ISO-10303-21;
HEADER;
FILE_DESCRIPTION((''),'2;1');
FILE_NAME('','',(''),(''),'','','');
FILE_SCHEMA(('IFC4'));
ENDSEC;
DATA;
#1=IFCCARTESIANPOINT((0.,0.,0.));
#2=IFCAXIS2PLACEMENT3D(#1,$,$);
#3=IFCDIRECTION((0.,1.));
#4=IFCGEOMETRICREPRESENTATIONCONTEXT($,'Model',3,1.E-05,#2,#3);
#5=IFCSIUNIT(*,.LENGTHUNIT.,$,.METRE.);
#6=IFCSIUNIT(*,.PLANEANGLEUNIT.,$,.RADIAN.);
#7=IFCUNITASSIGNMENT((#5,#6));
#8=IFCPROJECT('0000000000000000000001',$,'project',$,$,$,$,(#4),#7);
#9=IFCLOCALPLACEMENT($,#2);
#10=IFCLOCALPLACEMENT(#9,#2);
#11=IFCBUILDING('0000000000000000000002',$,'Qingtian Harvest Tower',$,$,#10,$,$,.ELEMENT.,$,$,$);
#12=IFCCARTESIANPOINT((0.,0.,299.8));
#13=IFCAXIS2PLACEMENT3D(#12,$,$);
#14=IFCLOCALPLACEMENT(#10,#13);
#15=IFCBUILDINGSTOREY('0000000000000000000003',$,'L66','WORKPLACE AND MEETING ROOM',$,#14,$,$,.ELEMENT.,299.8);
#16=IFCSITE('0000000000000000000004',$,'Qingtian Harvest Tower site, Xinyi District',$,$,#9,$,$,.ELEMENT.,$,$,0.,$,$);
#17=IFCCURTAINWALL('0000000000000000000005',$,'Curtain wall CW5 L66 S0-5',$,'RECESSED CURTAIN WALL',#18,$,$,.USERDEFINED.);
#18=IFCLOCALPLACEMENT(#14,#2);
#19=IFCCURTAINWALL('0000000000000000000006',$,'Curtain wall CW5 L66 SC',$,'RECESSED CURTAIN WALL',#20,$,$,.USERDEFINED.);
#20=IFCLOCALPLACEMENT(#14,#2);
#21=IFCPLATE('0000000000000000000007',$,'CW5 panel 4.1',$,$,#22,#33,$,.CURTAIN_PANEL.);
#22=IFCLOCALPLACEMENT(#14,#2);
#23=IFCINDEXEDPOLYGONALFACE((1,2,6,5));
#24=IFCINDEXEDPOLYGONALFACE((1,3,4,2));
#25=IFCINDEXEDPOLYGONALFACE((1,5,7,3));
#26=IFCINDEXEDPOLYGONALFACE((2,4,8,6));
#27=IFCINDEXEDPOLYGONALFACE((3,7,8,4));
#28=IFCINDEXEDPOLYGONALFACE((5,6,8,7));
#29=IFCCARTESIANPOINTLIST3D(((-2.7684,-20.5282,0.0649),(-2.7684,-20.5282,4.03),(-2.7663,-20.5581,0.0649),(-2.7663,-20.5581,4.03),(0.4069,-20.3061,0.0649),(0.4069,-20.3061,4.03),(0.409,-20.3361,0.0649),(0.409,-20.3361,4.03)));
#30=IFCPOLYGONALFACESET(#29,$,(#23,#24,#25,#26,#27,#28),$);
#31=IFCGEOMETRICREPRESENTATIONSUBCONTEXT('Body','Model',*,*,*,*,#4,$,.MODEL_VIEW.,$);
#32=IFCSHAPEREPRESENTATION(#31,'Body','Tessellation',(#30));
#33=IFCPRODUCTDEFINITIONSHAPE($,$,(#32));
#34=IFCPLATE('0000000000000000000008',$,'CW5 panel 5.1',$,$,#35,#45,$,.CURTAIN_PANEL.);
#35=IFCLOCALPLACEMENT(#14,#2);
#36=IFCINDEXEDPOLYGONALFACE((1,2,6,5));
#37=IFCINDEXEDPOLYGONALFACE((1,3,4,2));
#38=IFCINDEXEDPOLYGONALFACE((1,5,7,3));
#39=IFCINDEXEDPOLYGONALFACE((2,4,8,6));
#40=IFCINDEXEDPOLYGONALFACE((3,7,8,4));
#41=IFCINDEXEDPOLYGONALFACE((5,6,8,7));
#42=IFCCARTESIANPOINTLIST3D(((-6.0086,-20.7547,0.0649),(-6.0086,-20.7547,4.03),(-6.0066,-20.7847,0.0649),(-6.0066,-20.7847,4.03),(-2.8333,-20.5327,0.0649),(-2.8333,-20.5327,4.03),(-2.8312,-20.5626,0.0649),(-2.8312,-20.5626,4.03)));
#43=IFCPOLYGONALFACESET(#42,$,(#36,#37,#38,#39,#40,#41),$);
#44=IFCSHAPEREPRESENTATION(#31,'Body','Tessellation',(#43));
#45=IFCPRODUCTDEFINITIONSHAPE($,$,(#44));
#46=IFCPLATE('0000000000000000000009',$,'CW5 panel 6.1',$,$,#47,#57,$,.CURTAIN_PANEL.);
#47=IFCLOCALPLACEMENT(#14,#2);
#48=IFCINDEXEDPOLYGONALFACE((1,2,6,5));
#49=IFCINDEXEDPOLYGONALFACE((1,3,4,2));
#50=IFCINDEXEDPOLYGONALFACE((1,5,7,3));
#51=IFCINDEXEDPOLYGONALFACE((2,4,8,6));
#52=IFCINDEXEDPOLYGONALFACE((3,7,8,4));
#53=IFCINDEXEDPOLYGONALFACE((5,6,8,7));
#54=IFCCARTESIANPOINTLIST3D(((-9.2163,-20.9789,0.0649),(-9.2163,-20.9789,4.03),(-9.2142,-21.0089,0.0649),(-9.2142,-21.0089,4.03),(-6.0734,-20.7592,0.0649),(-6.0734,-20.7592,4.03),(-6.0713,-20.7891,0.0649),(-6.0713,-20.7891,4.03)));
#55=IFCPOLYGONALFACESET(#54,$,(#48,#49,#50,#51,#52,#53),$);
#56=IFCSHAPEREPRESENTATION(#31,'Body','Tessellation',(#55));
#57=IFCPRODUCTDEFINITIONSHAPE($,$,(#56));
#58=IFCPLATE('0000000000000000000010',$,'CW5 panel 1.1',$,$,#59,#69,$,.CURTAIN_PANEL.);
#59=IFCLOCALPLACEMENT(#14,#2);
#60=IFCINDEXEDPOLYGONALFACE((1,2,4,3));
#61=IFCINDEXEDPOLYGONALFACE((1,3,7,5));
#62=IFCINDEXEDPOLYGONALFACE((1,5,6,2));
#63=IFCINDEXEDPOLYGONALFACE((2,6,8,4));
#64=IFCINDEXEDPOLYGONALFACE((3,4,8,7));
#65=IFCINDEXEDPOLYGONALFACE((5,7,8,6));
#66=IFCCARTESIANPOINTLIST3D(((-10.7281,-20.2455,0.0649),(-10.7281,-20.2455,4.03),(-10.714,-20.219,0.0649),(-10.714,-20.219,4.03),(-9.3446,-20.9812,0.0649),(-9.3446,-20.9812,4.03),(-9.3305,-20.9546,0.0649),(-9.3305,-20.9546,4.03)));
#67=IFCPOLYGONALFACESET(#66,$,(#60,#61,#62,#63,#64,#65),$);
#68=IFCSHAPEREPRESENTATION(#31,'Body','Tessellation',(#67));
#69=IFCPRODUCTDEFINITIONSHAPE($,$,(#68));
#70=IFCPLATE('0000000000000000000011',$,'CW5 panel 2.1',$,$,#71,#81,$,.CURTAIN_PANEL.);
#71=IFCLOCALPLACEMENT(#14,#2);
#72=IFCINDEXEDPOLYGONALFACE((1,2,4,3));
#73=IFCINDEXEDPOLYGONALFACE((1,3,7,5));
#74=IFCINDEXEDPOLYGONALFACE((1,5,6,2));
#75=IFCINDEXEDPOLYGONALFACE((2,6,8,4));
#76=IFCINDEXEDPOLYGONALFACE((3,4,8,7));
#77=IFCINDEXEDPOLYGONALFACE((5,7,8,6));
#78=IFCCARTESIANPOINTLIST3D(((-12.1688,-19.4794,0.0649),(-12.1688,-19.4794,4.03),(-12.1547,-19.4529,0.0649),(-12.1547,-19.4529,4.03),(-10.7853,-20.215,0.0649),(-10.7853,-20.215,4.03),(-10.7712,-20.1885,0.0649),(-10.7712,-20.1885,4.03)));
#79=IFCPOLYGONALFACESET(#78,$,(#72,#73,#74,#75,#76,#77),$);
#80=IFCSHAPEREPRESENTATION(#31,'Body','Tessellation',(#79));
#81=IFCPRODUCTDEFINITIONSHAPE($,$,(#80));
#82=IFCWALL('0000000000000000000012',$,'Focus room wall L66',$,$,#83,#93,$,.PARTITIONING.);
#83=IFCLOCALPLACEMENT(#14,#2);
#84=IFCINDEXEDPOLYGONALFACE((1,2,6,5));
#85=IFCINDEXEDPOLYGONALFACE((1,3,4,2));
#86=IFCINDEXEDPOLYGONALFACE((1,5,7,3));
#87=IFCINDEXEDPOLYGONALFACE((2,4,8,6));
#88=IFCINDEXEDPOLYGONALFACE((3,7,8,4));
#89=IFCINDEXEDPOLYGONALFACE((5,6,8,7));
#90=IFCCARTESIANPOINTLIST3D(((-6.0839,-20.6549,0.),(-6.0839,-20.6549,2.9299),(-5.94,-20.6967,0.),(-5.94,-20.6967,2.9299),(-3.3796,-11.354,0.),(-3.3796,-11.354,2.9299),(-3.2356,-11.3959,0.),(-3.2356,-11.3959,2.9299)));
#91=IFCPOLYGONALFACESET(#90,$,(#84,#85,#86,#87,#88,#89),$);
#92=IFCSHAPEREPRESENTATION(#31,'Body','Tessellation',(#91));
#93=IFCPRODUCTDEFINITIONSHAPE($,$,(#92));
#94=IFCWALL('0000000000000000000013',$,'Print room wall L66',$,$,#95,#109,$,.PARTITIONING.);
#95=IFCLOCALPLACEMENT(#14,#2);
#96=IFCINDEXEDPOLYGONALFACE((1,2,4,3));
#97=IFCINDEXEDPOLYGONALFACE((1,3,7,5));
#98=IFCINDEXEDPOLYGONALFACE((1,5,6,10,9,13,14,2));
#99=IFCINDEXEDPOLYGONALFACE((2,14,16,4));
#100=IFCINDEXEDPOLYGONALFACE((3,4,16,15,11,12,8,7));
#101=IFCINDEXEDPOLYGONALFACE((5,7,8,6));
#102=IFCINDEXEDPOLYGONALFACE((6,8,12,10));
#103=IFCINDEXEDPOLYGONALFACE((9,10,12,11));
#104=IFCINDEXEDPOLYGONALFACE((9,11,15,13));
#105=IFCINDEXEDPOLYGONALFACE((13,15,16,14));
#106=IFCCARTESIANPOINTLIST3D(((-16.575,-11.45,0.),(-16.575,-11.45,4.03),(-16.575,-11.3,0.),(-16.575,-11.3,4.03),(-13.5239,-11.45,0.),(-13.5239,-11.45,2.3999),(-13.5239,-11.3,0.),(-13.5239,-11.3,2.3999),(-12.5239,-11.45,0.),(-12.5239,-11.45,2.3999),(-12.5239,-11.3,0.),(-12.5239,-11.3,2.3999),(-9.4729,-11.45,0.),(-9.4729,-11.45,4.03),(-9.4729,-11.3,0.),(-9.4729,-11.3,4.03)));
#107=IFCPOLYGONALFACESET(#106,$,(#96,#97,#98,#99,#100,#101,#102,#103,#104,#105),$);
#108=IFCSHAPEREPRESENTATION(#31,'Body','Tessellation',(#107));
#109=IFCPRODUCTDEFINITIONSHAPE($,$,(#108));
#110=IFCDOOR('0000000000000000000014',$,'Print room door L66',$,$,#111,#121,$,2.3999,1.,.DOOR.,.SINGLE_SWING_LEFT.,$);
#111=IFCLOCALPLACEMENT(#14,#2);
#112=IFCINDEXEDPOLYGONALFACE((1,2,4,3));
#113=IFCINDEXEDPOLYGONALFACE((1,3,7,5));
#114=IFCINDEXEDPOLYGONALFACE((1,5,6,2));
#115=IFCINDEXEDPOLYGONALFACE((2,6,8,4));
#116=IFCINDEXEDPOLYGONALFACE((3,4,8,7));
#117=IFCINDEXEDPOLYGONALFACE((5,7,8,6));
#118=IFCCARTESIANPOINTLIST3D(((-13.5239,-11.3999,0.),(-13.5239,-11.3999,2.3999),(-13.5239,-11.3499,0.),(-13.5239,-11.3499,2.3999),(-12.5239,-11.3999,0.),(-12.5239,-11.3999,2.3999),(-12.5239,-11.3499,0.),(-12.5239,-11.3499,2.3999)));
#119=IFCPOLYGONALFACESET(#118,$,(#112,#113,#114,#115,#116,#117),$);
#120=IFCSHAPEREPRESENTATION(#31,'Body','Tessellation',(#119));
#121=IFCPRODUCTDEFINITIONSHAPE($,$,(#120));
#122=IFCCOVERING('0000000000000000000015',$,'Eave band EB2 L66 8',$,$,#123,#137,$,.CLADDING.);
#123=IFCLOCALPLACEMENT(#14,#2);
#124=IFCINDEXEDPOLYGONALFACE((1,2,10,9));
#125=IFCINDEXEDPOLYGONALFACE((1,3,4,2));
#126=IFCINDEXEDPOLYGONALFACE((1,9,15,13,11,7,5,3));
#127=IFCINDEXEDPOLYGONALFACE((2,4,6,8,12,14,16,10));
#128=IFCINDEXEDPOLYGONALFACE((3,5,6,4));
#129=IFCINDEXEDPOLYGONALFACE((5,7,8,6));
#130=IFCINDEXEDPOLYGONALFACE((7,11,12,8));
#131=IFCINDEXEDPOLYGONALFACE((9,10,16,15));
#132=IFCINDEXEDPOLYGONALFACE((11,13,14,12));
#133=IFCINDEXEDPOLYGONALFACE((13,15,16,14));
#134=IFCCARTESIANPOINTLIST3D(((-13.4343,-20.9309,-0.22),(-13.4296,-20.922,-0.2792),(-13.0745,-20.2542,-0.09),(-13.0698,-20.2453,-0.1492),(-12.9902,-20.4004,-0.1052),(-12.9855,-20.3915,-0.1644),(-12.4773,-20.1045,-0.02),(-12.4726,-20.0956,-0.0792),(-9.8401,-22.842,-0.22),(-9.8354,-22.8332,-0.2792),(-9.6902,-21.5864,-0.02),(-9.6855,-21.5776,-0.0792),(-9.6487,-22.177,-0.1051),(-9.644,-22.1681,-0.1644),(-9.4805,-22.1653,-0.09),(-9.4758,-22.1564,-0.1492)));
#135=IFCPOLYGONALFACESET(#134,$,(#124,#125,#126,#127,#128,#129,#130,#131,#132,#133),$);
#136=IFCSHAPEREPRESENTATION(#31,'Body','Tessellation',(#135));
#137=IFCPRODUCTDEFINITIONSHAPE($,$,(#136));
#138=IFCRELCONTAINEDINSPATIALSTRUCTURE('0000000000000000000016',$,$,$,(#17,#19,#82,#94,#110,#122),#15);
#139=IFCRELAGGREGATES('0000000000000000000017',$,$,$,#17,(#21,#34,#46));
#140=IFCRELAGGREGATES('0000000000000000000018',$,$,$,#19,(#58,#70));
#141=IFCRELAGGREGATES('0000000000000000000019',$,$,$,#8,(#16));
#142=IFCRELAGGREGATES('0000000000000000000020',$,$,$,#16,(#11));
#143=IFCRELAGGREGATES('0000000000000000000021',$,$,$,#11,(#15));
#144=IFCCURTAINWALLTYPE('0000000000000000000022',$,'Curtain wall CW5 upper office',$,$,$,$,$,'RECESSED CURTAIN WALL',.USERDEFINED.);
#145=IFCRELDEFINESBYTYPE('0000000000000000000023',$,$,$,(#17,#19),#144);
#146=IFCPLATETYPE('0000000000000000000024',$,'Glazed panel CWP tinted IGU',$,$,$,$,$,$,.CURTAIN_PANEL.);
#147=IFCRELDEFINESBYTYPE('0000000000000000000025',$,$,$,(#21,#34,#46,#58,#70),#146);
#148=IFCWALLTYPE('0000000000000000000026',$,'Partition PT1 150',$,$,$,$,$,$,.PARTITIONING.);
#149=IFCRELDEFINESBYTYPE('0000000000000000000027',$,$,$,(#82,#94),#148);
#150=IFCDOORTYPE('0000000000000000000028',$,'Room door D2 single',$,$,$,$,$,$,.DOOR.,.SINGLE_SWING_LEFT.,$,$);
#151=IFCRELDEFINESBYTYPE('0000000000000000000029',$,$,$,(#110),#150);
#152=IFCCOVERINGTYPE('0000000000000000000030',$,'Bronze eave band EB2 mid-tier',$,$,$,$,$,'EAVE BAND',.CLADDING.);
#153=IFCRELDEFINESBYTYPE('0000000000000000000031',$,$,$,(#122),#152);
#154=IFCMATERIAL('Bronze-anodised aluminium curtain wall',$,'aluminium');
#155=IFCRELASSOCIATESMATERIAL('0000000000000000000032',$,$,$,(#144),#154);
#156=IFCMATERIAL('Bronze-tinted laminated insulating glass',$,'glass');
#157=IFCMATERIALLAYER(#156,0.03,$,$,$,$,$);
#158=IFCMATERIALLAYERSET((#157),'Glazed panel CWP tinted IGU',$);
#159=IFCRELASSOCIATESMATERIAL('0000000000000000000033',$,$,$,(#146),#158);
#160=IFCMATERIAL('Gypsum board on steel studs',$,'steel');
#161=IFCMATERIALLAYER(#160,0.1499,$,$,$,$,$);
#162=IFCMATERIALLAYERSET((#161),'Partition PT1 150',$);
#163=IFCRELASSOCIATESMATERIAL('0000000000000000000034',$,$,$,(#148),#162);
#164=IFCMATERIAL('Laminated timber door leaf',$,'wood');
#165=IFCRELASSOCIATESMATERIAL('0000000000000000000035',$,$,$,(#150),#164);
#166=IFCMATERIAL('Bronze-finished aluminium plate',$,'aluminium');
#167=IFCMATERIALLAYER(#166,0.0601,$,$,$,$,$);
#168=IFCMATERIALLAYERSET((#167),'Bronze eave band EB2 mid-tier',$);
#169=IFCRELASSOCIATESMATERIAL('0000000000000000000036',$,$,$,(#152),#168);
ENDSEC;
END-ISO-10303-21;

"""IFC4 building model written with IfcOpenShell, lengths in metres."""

from ifc_helpers import new_model, si_unit, direction, frame, frame_2d, origin, origin_2d, place, context, subcontext, project, spatial, polyline, rectangle, outline, extrude, material, layer, layer_set, type_object, element, fill, aggregate, save


model = new_model("IFC4")

# Units and contexts
model_context = context("Model", 3, precision=1e-05, world=origin(), true_north=direction((0.0, 1.0)))
body_context = subcontext(model_context, "Body", "Model", "MODEL_VIEW")
ifc_project = project(units=[si_unit("LENGTHUNIT", "METRE"), si_unit("PLANEANGLEUNIT", "RADIAN")], contexts=[model_context])

# Site, building, storey
site_placement = place(None, origin())
site = spatial("IfcSite", under=ifc_project, at=site_placement, Name="Qingtian Harvest Tower site, Xinyi District", CompositionType="ELEMENT", RefElevation=0.0)
building_placement = place(site_placement, origin())
building = spatial("IfcBuilding", under=site, at=building_placement, Name="Qingtian Harvest Tower", CompositionType="ELEMENT")
storey_placement = place(building_placement, frame((0.0, 0.0, 299.8)))
storey = spatial("IfcBuildingStorey", under=building, at=storey_placement, Name="L66", Description="WORKPLACE AND MEETING ROOM", CompositionType="ELEMENT", Elevation=299.8)

# Curtain walls
ifc_material_1 = material(Name="Bronze-anodised aluminium curtain wall", Category="aluminium")
curtain_wall_type = type_object("IfcCurtainWallType", Name="Curtain wall CW5 upper office", ElementType="RECESSED CURTAIN WALL", PredefinedType="USERDEFINED", material=ifc_material_1)
curtain_wall_1_placement = place(storey_placement, origin())
curtain_wall_1 = element("IfcCurtainWall", 1, at=curtain_wall_1_placement, inside=storey, type_object=curtain_wall_type, Name="Curtain wall CW5 L66 S0-5", ObjectType="RECESSED CURTAIN WALL", PredefinedType="USERDEFINED")
curtain_wall_2_placement = place(storey_placement, origin())
curtain_wall_2 = element("IfcCurtainWall", 2, at=curtain_wall_2_placement, inside=storey, type_object=curtain_wall_type, Name="Curtain wall CW5 L66 SC", ObjectType="RECESSED CURTAIN WALL", PredefinedType="USERDEFINED")

# Plates
ifc_material_2 = material(Name="Bronze-tinted laminated insulating glass", Category="glass")
ifc_layer_1 = layer(ifc_material_2, 0.03)
ifc_layer_set_1 = layer_set([ifc_layer_1], Name="Glazed panel CWP tinted IGU")
plate_type = type_object("IfcPlateType", Name="Glazed panel CWP tinted IGU", PredefinedType="CURTAIN_PANEL", material=ifc_layer_set_1)
plate_1_placement = place(storey_placement, frame((-1.1797, -20.4321, 0.0649), z_axis=(0.0, 0.0, 1.0), x_axis=(-0.997564, -0.069756, 0.0)))
plate_1 = element("IfcPlate", 3, at=plate_1_placement, type_object=plate_type, Name="CW5 panel 4.1", PredefinedType="CURTAIN_PANEL", context=body_context, shape_type="SweptSolid", body=[
    extrude(rectangle(XDim=3.1831, YDim=0.03, at=origin_2d()), origin(), (0.0, 0.0, 1.0), 3.9651),
])
plate_2_placement = place(storey_placement, frame((-4.4199, -20.6587, 0.0649), z_axis=(0.0, 0.0, 1.0), x_axis=(-0.997564, -0.069756, 0.0)))
plate_2 = element("IfcPlate", 4, at=plate_2_placement, type_object=plate_type, Name="CW5 panel 5.1", PredefinedType="CURTAIN_PANEL", context=body_context, shape_type="SweptSolid", body=[
    extrude(rectangle(XDim=3.1831, YDim=0.03, at=origin_2d()), origin(), (0.0, 0.0, 1.0), 3.9651),
])
plate_3_placement = place(storey_placement, frame((-7.6438, -20.884, 0.0649), z_axis=(0.0, 0.0, 1.0), x_axis=(-0.997564, -0.069756, 0.0)))
plate_3 = element("IfcPlate", 5, at=plate_3_placement, type_object=plate_type, Name="CW5 panel 6.1", PredefinedType="CURTAIN_PANEL", context=body_context, shape_type="SweptSolid", body=[
    extrude(rectangle(XDim=3.1506, YDim=0.03, at=origin_2d()), origin(), (0.0, 0.0, 1.0), 3.9651),
])
aggregate(curtain_wall_1, [plate_1, plate_2, plate_3])
plate_4_placement = place(storey_placement, frame((-10.0293, -20.6001, 0.0649), z_axis=(0.0, 0.0, 1.0), x_axis=(-0.882948, 0.469472, 0.0)))
plate_4 = element("IfcPlate", 6, at=plate_4_placement, type_object=plate_type, Name="CW5 panel 1.1", PredefinedType="CURTAIN_PANEL", context=body_context, shape_type="SweptSolid", body=[
    extrude(rectangle(XDim=1.5669, YDim=0.03, at=origin_2d()), origin(), (0.0, 0.0, 1.0), 3.9651),
])
plate_5_placement = place(storey_placement, frame((-11.47, -19.834, 0.0649), z_axis=(0.0, 0.0, 1.0), x_axis=(-0.882948, 0.469472, 0.0)))
plate_5 = element("IfcPlate", 7, at=plate_5_placement, type_object=plate_type, Name="CW5 panel 2.1", PredefinedType="CURTAIN_PANEL", context=body_context, shape_type="SweptSolid", body=[
    extrude(rectangle(XDim=1.5669, YDim=0.03, at=origin_2d()), origin(), (0.0, 0.0, 1.0), 3.9651),
])
aggregate(curtain_wall_2, [plate_4, plate_5])

# Wall
ifc_material_3 = material(Name="Gypsum board on steel studs", Category="steel")
ifc_layer_2 = layer(ifc_material_3, 0.1499)
ifc_layer_set_2 = layer_set([ifc_layer_2], Name="Partition PT1 150")
wall_type = type_object("IfcWallType", Name="Partition PT1 150", PredefinedType="PARTITIONING", material=ifc_layer_set_2)
wall_1_placement = place(storey_placement, frame((-6.012, -20.6758, 0.0), z_axis=(0.0, 0.0, 1.0), x_axis=(0.279202, 0.960232, 0.0)))
element("IfcWall", 8, at=wall_1_placement, inside=storey, type_object=wall_type, Name="Focus room wall L66", PredefinedType="PARTITIONING", context=body_context, shape_type="SweptSolid", body=[
    extrude(rectangle(XDim=9.686, YDim=0.1499, at=frame_2d((4.843, 0.0))), origin(), (0.0, 0.0, 1.0), 2.9299),
])

# Wall, opening, door
wall_2_placement = place(storey_placement, frame((-9.4729, -11.375, 0.0), z_axis=(0.0, 0.0, 1.0), x_axis=(-1.0, 0.0, 0.0)))
wall_2 = element("IfcWall", 9, at=wall_2_placement, inside=storey, type_object=wall_type, Name="Print room wall L66", PredefinedType="PARTITIONING", context=body_context, shape_type="SweptSolid", body=[
    extrude(rectangle(XDim=7.1021, YDim=0.1499, at=frame_2d((3.551, 0.0))), origin(), (0.0, 0.0, 1.0), 4.03),
])
opening_placement = place(wall_2_placement, frame((3.051, 0.0, 0.0)))
opening = element("IfcOpeningElement", 10, at=opening_placement, cuts=wall_2, PredefinedType="OPENING", context=body_context, shape_type="SweptSolid", body=[
    extrude(rectangle(XDim=1.0, YDim=2.3999, at=frame_2d((0.5, 1.2))), frame((0.0, 0.085, 0.0), z_axis=(0.0, -1.0, 0.0), x_axis=(1.0, 0.0, 0.0)), (0.0, 0.0, 1.0), 0.1699),
])
ifc_material_4 = material(Name="Laminated timber door leaf", Category="wood")
door_type = type_object("IfcDoorType", Name="Room door D2 single", OperationType="SINGLE_SWING_LEFT", PredefinedType="DOOR", material=ifc_material_4)
door_placement = place(opening_placement, origin())
door = element("IfcDoor", 11, at=door_placement, inside=storey, type_object=door_type, Name="Print room door L66", OperationType="SINGLE_SWING_LEFT", OverallHeight=2.3999, OverallWidth=1.0, PredefinedType="DOOR", context=body_context, shape_type="SweptSolid", body=[
    extrude(rectangle(XDim=1.0, YDim=2.3999, at=frame_2d((0.5, 1.2))), frame((0.0, 0.0249, 0.0), z_axis=(0.0, -1.0, 0.0), x_axis=(1.0, 0.0, 0.0)), (0.0, 0.0, 1.0), 0.05),
])
fill(opening, door)

# Covering
ifc_material_5 = material(Name="Bronze-finished aluminium plate", Category="aluminium")
ifc_layer_3 = layer(ifc_material_5, 0.0601)
ifc_layer_set_3 = layer_set([ifc_layer_3], Name="Bronze eave band EB2 mid-tier")
covering_type = type_object("IfcCoveringType", Name="Bronze eave band EB2 mid-tier", ElementType="EAVE BAND", PredefinedType="CLADDING", material=ifc_layer_set_3)
covering_placement = place(storey_placement, frame((-9.6902, -21.5864, -0.02), z_axis=(-0.078496, -0.147625, 0.985924), x_axis=(0.069379, -0.987386, -0.142321)))
element("IfcCovering", 12, at=covering_placement, inside=storey, type_object=covering_type, Name="Eave band EB2 L66 8", PredefinedType="CLADDING", context=body_context, shape_type="SweptSolid", body=[
    extrude(outline(polyline([(0.0, 0.0), (0.5981, 0.0), (0.5961, 0.1693), (1.2578, -0.2385), (-0.8786, -3.7036), (-1.5403, -3.2956), (-1.3879, -3.2215), (-1.6566, -2.687), (0.0, 0.0)])), origin(), (0.0, 0.0, -1.0), 0.0601),
])

save(model, "model.ifc")
